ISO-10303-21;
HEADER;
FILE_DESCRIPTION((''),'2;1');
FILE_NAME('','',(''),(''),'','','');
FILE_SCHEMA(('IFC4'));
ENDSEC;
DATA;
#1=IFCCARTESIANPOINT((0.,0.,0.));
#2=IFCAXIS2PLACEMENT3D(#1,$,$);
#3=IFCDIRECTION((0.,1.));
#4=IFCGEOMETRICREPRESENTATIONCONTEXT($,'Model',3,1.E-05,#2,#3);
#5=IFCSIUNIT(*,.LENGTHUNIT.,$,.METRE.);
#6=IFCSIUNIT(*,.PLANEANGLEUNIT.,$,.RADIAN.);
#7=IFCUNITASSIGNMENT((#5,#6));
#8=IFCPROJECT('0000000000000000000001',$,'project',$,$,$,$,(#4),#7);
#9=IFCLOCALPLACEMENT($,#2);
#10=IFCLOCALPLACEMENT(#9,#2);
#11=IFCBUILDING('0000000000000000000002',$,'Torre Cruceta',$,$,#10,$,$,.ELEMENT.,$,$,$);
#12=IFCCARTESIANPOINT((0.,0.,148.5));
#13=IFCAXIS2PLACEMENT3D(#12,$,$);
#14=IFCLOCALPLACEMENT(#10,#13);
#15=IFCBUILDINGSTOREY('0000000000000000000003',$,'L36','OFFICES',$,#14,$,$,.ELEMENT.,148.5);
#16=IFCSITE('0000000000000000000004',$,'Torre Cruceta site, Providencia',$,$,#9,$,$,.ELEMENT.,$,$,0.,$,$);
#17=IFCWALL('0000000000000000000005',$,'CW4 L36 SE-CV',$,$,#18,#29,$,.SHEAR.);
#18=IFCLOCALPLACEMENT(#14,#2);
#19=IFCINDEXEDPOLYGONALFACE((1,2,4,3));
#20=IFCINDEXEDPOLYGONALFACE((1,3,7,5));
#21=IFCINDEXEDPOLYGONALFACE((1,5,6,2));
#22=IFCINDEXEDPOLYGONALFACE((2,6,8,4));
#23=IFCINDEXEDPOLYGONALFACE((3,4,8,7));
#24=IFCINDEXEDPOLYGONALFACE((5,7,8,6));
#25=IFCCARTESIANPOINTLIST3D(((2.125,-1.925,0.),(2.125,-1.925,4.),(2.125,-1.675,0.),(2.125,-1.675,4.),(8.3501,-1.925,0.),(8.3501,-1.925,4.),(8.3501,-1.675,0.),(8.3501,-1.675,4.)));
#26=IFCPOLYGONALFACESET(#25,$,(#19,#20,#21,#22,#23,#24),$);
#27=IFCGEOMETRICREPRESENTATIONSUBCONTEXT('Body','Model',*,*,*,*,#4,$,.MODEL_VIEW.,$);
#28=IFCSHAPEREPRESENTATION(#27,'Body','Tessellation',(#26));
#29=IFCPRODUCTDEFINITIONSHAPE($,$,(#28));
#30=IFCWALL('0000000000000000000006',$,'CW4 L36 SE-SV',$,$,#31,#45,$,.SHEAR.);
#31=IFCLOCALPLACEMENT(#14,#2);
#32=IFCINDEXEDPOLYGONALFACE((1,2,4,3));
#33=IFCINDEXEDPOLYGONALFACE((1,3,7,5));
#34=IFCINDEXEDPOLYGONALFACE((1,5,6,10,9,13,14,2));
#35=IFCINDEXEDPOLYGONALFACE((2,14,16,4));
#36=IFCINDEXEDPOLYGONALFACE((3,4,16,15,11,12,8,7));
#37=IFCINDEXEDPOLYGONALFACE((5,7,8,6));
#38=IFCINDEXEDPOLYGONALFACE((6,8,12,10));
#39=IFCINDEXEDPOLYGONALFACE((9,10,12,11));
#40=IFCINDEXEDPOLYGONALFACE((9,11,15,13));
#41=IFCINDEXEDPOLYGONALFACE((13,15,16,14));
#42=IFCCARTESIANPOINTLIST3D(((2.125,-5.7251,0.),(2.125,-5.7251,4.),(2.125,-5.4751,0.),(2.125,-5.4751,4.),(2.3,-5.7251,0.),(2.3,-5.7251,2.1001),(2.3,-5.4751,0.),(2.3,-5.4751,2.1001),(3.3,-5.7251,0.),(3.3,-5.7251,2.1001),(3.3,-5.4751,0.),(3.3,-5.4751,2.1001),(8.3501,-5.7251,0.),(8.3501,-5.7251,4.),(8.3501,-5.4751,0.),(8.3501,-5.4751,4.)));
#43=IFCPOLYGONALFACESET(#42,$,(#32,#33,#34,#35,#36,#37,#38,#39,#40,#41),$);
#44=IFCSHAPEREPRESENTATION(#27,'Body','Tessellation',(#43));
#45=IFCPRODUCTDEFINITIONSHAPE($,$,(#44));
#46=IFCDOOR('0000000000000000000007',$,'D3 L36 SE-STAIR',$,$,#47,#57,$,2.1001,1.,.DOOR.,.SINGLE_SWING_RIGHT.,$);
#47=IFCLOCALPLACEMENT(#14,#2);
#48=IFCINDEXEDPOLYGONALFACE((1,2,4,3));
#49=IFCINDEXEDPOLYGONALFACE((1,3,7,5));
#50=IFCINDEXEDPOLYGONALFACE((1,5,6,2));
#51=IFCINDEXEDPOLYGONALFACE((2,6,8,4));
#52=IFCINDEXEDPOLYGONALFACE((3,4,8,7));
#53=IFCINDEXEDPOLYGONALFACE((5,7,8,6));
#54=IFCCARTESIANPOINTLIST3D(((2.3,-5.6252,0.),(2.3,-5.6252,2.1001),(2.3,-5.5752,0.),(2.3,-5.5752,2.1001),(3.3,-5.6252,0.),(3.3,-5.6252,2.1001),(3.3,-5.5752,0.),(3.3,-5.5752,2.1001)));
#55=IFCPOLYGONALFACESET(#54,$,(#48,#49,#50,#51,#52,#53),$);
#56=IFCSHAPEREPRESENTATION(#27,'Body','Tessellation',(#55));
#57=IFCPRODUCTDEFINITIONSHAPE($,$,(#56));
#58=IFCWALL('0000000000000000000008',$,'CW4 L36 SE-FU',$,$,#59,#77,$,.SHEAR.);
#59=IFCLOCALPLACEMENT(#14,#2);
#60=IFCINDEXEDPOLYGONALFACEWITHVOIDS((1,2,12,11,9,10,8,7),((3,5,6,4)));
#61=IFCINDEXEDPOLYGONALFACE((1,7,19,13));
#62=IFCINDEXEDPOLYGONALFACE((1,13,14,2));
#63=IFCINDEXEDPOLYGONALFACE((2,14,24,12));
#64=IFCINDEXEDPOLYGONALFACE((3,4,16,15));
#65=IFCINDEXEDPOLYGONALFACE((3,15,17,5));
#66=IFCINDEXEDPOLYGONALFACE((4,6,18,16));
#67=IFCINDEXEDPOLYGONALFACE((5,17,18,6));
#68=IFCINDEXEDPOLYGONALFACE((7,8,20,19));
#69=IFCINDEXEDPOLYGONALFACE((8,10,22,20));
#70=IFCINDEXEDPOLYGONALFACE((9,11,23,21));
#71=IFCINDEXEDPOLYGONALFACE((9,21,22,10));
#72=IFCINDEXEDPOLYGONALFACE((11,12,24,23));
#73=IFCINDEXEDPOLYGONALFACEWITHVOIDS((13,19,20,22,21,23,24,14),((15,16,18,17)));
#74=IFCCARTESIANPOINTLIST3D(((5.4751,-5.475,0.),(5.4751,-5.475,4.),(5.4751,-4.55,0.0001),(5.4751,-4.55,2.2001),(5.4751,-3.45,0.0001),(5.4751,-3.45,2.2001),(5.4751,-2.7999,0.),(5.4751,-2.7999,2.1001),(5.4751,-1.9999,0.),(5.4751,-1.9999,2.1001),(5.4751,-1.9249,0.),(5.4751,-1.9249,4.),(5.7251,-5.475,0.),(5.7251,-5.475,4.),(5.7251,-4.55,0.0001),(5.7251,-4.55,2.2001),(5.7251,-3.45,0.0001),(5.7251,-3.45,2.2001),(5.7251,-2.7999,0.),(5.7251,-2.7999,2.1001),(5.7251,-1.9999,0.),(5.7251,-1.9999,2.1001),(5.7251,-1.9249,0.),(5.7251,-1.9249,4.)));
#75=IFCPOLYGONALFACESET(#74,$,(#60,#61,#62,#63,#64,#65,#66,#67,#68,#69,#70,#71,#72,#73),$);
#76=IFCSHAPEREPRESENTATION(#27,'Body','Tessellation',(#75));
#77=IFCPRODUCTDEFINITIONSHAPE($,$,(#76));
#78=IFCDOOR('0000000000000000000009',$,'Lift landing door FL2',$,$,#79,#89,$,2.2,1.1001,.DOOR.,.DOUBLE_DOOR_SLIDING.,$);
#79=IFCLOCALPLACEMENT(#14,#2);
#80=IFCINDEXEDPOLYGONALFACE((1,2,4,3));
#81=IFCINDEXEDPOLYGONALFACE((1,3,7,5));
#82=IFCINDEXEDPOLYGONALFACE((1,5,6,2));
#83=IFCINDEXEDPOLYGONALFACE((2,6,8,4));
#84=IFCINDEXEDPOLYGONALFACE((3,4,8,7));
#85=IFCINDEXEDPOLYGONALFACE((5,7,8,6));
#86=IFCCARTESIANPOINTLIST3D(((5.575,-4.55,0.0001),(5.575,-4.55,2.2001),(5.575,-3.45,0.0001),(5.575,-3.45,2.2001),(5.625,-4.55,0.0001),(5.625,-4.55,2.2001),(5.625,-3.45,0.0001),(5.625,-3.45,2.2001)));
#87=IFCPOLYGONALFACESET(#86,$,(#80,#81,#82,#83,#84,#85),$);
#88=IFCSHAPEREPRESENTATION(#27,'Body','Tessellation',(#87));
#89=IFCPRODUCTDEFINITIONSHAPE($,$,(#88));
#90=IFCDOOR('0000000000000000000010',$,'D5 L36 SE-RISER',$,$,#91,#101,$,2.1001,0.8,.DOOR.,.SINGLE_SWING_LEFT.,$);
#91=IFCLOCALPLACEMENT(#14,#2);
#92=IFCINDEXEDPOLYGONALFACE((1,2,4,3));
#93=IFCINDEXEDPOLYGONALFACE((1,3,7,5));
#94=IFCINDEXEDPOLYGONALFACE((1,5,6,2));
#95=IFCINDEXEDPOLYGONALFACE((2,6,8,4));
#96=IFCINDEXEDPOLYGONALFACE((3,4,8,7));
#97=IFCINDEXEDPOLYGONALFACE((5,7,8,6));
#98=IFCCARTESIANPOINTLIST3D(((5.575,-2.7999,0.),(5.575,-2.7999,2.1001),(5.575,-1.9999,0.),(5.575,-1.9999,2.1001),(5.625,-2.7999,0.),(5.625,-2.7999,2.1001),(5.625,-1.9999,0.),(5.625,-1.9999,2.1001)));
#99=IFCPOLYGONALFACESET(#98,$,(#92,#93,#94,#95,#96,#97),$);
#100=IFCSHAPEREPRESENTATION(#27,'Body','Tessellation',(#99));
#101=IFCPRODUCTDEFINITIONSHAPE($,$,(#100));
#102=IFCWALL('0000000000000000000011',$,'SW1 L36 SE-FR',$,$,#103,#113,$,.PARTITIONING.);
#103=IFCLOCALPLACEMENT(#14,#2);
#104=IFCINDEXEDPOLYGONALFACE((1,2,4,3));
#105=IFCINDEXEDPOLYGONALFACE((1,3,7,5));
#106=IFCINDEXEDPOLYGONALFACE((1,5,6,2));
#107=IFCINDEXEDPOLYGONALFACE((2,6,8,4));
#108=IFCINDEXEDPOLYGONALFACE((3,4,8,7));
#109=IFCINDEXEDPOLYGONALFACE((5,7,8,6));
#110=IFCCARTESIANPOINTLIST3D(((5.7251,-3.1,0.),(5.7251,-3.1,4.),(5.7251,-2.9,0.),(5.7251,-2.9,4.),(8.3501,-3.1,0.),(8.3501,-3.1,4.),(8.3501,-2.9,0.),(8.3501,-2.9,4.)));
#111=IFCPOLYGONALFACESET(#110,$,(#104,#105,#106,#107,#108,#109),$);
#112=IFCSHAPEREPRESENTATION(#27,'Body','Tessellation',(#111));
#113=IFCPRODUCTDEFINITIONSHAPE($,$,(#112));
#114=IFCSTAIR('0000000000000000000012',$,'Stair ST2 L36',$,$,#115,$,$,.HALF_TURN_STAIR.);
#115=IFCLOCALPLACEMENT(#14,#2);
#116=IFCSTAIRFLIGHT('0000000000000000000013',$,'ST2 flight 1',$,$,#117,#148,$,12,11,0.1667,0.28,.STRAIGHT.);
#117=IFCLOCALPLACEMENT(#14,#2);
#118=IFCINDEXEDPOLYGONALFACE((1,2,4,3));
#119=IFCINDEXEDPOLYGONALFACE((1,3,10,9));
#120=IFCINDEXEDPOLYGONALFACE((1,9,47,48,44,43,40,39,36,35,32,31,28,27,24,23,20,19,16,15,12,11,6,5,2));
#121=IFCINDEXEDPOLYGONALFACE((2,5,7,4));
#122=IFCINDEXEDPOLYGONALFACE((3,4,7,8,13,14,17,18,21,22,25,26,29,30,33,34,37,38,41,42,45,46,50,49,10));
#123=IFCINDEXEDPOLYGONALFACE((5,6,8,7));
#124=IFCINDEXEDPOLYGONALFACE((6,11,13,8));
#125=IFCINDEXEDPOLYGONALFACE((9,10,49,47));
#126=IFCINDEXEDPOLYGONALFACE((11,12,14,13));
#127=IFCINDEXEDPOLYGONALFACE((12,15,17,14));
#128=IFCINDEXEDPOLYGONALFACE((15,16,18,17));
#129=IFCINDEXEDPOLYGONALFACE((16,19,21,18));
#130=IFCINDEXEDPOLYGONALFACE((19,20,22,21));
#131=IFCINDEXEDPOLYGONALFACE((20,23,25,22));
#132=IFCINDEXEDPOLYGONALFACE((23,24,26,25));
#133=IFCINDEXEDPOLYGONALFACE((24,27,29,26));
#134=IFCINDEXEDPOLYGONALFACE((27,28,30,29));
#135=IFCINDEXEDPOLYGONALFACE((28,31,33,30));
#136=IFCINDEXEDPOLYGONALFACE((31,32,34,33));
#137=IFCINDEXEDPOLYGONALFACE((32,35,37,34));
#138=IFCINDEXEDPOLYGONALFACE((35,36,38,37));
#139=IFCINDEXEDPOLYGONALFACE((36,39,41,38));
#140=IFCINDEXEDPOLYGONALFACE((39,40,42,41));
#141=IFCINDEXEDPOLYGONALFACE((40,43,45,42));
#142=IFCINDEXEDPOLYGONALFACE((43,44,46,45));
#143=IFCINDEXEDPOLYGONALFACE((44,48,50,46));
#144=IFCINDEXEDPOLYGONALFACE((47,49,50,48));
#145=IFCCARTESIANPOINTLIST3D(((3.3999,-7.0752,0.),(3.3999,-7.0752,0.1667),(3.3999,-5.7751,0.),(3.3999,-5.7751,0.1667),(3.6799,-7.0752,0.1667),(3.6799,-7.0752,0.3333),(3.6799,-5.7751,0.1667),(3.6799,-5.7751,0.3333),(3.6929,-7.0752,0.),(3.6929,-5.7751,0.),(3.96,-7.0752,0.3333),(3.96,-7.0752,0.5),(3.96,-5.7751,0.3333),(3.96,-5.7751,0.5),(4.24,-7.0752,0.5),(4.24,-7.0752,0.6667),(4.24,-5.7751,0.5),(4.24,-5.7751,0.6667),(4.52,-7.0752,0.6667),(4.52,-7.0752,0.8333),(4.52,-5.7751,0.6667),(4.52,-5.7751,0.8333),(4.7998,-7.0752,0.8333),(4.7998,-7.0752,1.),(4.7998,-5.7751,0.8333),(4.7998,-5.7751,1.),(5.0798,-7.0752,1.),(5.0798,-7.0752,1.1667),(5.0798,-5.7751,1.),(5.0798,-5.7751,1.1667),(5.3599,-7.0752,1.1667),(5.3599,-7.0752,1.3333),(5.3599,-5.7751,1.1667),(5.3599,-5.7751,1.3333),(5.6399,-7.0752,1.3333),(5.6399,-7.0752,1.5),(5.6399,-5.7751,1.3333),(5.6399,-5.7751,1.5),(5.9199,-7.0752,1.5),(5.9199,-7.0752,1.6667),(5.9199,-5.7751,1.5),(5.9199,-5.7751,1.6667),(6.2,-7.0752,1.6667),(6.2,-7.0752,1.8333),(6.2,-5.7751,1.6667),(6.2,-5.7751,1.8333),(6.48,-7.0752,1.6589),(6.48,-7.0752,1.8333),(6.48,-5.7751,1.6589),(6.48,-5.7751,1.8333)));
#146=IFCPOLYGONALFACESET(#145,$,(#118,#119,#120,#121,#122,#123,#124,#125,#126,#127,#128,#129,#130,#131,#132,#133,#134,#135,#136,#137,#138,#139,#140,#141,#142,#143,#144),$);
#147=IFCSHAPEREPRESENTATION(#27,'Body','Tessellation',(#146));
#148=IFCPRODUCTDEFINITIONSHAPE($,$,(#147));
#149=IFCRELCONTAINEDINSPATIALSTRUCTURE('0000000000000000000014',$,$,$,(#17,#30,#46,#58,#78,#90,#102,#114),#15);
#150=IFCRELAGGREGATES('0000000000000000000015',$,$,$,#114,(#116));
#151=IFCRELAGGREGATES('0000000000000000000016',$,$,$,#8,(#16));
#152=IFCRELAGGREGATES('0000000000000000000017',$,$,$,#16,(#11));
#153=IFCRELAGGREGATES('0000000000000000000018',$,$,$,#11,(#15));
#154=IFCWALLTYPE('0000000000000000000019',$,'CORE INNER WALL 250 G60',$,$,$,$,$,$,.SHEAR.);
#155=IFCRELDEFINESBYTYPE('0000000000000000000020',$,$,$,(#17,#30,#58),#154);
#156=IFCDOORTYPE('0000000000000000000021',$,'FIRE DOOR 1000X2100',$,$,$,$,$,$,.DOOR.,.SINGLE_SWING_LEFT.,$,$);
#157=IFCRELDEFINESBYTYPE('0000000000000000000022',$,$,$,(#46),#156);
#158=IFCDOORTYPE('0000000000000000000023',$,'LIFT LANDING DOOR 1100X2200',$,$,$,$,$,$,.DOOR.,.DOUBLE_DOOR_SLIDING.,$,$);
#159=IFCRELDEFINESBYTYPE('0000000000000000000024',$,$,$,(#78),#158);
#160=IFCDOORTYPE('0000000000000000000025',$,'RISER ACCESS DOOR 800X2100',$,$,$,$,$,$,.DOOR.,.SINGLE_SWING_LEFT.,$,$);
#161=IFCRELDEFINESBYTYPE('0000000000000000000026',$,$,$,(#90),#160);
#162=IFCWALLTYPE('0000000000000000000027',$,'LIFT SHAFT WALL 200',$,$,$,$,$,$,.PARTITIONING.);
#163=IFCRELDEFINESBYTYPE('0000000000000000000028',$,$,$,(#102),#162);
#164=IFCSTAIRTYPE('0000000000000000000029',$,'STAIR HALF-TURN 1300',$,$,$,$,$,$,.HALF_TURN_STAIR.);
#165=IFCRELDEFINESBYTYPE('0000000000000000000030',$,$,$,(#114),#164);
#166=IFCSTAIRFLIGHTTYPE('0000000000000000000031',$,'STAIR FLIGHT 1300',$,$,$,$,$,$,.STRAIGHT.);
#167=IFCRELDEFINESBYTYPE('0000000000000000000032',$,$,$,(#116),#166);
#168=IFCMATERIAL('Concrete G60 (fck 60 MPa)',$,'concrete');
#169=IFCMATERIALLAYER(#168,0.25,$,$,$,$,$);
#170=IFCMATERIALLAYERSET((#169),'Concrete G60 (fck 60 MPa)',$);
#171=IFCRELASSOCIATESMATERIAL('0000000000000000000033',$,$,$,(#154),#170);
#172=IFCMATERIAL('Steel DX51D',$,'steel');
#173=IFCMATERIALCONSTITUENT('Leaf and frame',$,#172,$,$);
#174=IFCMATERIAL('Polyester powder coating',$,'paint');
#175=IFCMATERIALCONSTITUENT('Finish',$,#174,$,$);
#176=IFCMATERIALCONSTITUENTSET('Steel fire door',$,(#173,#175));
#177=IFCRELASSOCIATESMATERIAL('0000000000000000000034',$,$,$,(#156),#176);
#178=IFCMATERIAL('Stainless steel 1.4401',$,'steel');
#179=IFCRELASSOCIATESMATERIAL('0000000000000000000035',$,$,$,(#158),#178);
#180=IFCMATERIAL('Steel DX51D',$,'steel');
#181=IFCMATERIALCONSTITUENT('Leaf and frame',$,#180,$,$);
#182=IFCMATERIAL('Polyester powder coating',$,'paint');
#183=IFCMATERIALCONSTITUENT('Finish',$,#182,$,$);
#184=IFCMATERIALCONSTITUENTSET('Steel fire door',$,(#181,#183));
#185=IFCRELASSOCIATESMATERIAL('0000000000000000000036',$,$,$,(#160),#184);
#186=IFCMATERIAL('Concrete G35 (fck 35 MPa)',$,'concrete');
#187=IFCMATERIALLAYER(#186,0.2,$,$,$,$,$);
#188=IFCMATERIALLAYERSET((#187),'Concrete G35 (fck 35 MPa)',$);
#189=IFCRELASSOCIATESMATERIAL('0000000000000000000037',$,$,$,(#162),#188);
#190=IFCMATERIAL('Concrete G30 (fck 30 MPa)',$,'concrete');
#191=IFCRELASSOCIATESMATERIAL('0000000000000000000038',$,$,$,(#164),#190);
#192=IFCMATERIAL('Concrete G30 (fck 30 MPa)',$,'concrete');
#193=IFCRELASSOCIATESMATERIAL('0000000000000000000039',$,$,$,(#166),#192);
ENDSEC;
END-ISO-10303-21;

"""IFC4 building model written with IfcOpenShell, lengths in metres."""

from ifc_helpers import new_model, si_unit, direction, frame, frame_2d, origin, place, context, subcontext, project, spatial, polyline, rectangle, outline, extrude, material, layer, layer_set, constituent, constituent_set, type_object, element, fill, aggregate, save


model = new_model("IFC4")

# Units and contexts
model_context = context("Model", 3, precision=1e-05, world=origin(), true_north=direction((0.0, 1.0)))
body_context = subcontext(model_context, "Body", "Model", "MODEL_VIEW")
ifc_project = project(units=[si_unit("LENGTHUNIT", "METRE"), si_unit("PLANEANGLEUNIT", "RADIAN")], contexts=[model_context])

# Site, building, storey
site_placement = place(None, origin())
site = spatial("IfcSite", under=ifc_project, at=site_placement, Name="Torre Cruceta site, Providencia", CompositionType="ELEMENT", RefElevation=0.0)
building_placement = place(site_placement, origin())
building = spatial("IfcBuilding", under=site, at=building_placement, Name="Torre Cruceta", CompositionType="ELEMENT")
storey_placement = place(building_placement, frame((0.0, 0.0, 148.5)))
storey = spatial("IfcBuildingStorey", under=building, at=storey_placement, Name="L36", Description="OFFICES", CompositionType="ELEMENT", Elevation=148.5)

# Shared definitions
ifc_material_1 = material(Name="Concrete G60 (fck 60 MPa)", Category="concrete")
ifc_layer_1 = layer(ifc_material_1, 0.25)
ifc_layer_set_1 = layer_set([ifc_layer_1], Name="Concrete G60 (fck 60 MPa)")
wall_type_1 = type_object("IfcWallType", Name="CORE INNER WALL 250 G60", PredefinedType="SHEAR", material=ifc_layer_set_1)
ifc_material_2 = material(Name="Steel DX51D", Category="steel")
ifc_constituent_1 = constituent(ifc_material_2, Name="Leaf and frame")
ifc_material_3 = material(Name="Polyester powder coating", Category="paint")
ifc_constituent_2 = constituent(ifc_material_3, Name="Finish")
ifc_constituent_set_1 = constituent_set(constituents=[ifc_constituent_1, ifc_constituent_2], Name="Steel fire door")
door_type_1 = type_object("IfcDoorType", Name="FIRE DOOR 1000X2100", OperationType="SINGLE_SWING_LEFT", PredefinedType="DOOR", material=ifc_constituent_set_1)

# Wall
wall_1_placement = place(storey_placement, frame((2.125, -1.8, 0.0), z_axis=(0.0, 0.0, 1.0), x_axis=(1.0, 0.0, 0.0)))
element("IfcWall", 1, at=wall_1_placement, inside=storey, type_object=wall_type_1, Name="CW4 L36 SE-CV", PredefinedType="SHEAR", context=body_context, shape_type="SweptSolid", body=[
    extrude(rectangle(XDim=6.2251, YDim=0.25, at=frame_2d((3.1125, 0.0))), origin(), (0.0, 0.0, 1.0), 4.0),
])

# Wall, opening, door
wall_2_placement = place(storey_placement, frame((2.125, -5.6001, 0.0), z_axis=(0.0, 0.0, 1.0), x_axis=(1.0, 0.0, 0.0)))
wall_2 = element("IfcWall", 2, at=wall_2_placement, inside=storey, type_object=wall_type_1, Name="CW4 L36 SE-SV", PredefinedType="SHEAR", context=body_context, shape_type="SweptSolid", body=[
    extrude(rectangle(XDim=6.2251, YDim=0.25, at=frame_2d((3.1125, 0.0))), origin(), (0.0, 0.0, 1.0), 4.0),
])
opening_1_placement = place(wall_2_placement, frame((0.175, 0.0, 0.0)))
opening_1 = element("IfcOpeningElement", 3, at=opening_1_placement, cuts=wall_2, PredefinedType="OPENING", context=body_context, shape_type="SweptSolid", body=[
    extrude(rectangle(XDim=1.0, YDim=2.1001, at=frame_2d((0.5, 1.05))), frame((0.0, 0.135, 0.0), z_axis=(0.0, -1.0, 0.0), x_axis=(1.0, 0.0, 0.0)), (0.0, 0.0, 1.0), 0.27),
])
door_1_placement = place(opening_1_placement, frame((1.0, 0.0, 0.0), z_axis=(0.0, 0.0, 1.0), x_axis=(-1.0, 0.0, 0.0)))
door_1 = element("IfcDoor", 4, at=door_1_placement, inside=storey, type_object=door_type_1, Name="D3 L36 SE-STAIR", OperationType="SINGLE_SWING_RIGHT", OverallHeight=2.1001, OverallWidth=1.0, PredefinedType="DOOR", context=body_context, shape_type="SweptSolid", body=[
    extrude(rectangle(XDim=1.0, YDim=2.1001, at=frame_2d((0.5, 1.05))), frame((0.0, 0.0251, 0.0), z_axis=(0.0, -1.0, 0.0), x_axis=(1.0, 0.0, 0.0)), (0.0, 0.0, 1.0), 0.05),
])
fill(opening_1, door_1)

# Wall, openings, doors
wall_3_placement = place(storey_placement, frame((5.6001, -1.925, 0.0), z_axis=(0.0, 0.0, 1.0), x_axis=(0.0, -1.0, 0.0)))
wall_3 = element("IfcWall", 5, at=wall_3_placement, inside=storey, type_object=wall_type_1, Name="CW4 L36 SE-FU", PredefinedType="SHEAR", context=body_context, shape_type="SweptSolid", body=[
    extrude(rectangle(XDim=3.55, YDim=0.25, at=frame_2d((1.7749, 0.0))), origin(), (0.0, 0.0, 1.0), 4.0),
])
opening_2_placement = place(wall_3_placement, frame((1.5249, 0.0, 0.0)))
opening_2 = element("IfcOpeningElement", 6, at=opening_2_placement, cuts=wall_3, PredefinedType="OPENING", context=body_context, shape_type="SweptSolid", body=[
    extrude(rectangle(XDim=1.1001, YDim=2.2, at=frame_2d((0.55, 1.1001))), frame((0.0, 0.135, 0.0), z_axis=(0.0, -1.0, 0.0), x_axis=(1.0, 0.0, 0.0)), (0.0, 0.0, 1.0), 0.27),
])
opening_3_placement = place(wall_3_placement, frame((0.075, 0.0, 0.0)))
opening_3 = element("IfcOpeningElement", 7, at=opening_3_placement, cuts=wall_3, PredefinedType="OPENING", context=body_context, shape_type="SweptSolid", body=[
    extrude(rectangle(XDim=0.8, YDim=2.1001, at=frame_2d((0.3999, 1.05))), frame((0.0, 0.135, 0.0), z_axis=(0.0, -1.0, 0.0), x_axis=(1.0, 0.0, 0.0)), (0.0, 0.0, 1.0), 0.27),
])
ifc_material_4 = material(Name="Stainless steel 1.4401", Category="steel")
door_type_2 = type_object("IfcDoorType", Name="LIFT LANDING DOOR 1100X2200", OperationType="DOUBLE_DOOR_SLIDING", PredefinedType="DOOR", material=ifc_material_4)
door_2_placement = place(opening_2_placement, origin())
door_2 = element("IfcDoor", 8, at=door_2_placement, inside=storey, type_object=door_type_2, Name="Lift landing door FL2", OperationType="DOUBLE_DOOR_SLIDING", OverallHeight=2.2, OverallWidth=1.1001, PredefinedType="DOOR", context=body_context, shape_type="SweptSolid", body=[
    extrude(rectangle(XDim=1.1001, YDim=2.2, at=frame_2d((0.55, 1.1001))), frame((0.0, 0.0249, 0.0), z_axis=(0.0, -1.0, 0.0), x_axis=(1.0, 0.0, 0.0)), (0.0, 0.0, 1.0), 0.05),
])
fill(opening_2, door_2)
ifc_material_5 = material(Name="Steel DX51D", Category="steel")
ifc_constituent_3 = constituent(ifc_material_5, Name="Leaf and frame")
ifc_material_6 = material(Name="Polyester powder coating", Category="paint")
ifc_constituent_4 = constituent(ifc_material_6, Name="Finish")
ifc_constituent_set_2 = constituent_set(constituents=[ifc_constituent_3, ifc_constituent_4], Name="Steel fire door")
door_type_3 = type_object("IfcDoorType", Name="RISER ACCESS DOOR 800X2100", OperationType="SINGLE_SWING_LEFT", PredefinedType="DOOR", material=ifc_constituent_set_2)
door_3_placement = place(opening_3_placement, origin())
door_3 = element("IfcDoor", 9, at=door_3_placement, inside=storey, type_object=door_type_3, Name="D5 L36 SE-RISER", OperationType="SINGLE_SWING_LEFT", OverallHeight=2.1001, OverallWidth=0.8, PredefinedType="DOOR", context=body_context, shape_type="SweptSolid", body=[
    extrude(rectangle(XDim=0.8, YDim=2.1001, at=frame_2d((0.3999, 1.05))), frame((0.0, 0.0249, 0.0), z_axis=(0.0, -1.0, 0.0), x_axis=(1.0, 0.0, 0.0)), (0.0, 0.0, 1.0), 0.05),
])
fill(opening_3, door_3)

# Wall
ifc_material_7 = material(Name="Concrete G35 (fck 35 MPa)", Category="concrete")
ifc_layer_2 = layer(ifc_material_7, 0.2)
ifc_layer_set_2 = layer_set([ifc_layer_2], Name="Concrete G35 (fck 35 MPa)")
wall_type_2 = type_object("IfcWallType", Name="LIFT SHAFT WALL 200", PredefinedType="PARTITIONING", material=ifc_layer_set_2)
wall_4_placement = place(storey_placement, frame((5.7251, -3.0, 0.0), z_axis=(0.0, 0.0, 1.0), x_axis=(1.0, 0.0, 0.0)))
element("IfcWall", 10, at=wall_4_placement, inside=storey, type_object=wall_type_2, Name="SW1 L36 SE-FR", PredefinedType="PARTITIONING", context=body_context, shape_type="SweptSolid", body=[
    extrude(rectangle(XDim=2.625, YDim=0.2, at=frame_2d((1.3125, 0.0))), origin(), (0.0, 0.0, 1.0), 4.0),
])

# Stair, stair flight
ifc_material_8 = material(Name="Concrete G30 (fck 30 MPa)", Category="concrete")
stair_type = type_object("IfcStairType", Name="STAIR HALF-TURN 1300", PredefinedType="HALF_TURN_STAIR", material=ifc_material_8)
stair_placement = place(storey_placement, origin())
stair = element("IfcStair", 11, at=stair_placement, inside=storey, type_object=stair_type, Name="Stair ST2 L36", PredefinedType="HALF_TURN_STAIR")
ifc_material_9 = material(Name="Concrete G30 (fck 30 MPa)", Category="concrete")
stair_flight_type = type_object("IfcStairFlightType", Name="STAIR FLIGHT 1300", PredefinedType="STRAIGHT", material=ifc_material_9)
stair_flight_1_placement = place(storey_placement, frame((3.3999, -6.425, 0.0), z_axis=(0.0, 0.0, 1.0), x_axis=(1.0, 0.0, 0.0)))
stair_flight_1 = element("IfcStairFlight", 12, at=stair_flight_1_placement, type_object=stair_flight_type, Name="ST2 flight 1", NumberOfRisers=12, NumberOfTreads=11, PredefinedType="STRAIGHT", RiserHeight=0.1667, TreadLength=0.28, context=body_context, shape_type="SweptSolid", body=[
    extrude(outline(polyline([(0.0, 0.0), (0.0, 0.1667), (0.28, 0.1667), (0.28, 0.3333), (0.5601, 0.3333), (0.5601, 0.5), (0.8401, 0.5), (0.8401, 0.6667), (1.1201, 0.6667), (1.1201, 0.8333), (1.3999, 0.8333), (1.3999, 1.0), (1.6799, 1.0), (1.6799, 1.1667), (1.96, 1.1667), (1.96, 1.3333), (2.24, 1.3333), (2.24, 1.5), (2.52, 1.5), (2.52, 1.6667), (2.8, 1.6667), (2.8, 1.8333), (3.0801, 1.8333), (3.0801, 2.0), (3.0801, 1.6589), (0.293, 0.0), (0.0, 0.0)])), frame((0.0, 0.6499, 0.0), z_axis=(0.0, -1.0, 0.0), x_axis=(1.0, 0.0, 0.0)), (0.0, 0.0, 1.0), 1.3),
])
aggregate(stair, [stair_flight_1])

save(model, "model.ifc")
